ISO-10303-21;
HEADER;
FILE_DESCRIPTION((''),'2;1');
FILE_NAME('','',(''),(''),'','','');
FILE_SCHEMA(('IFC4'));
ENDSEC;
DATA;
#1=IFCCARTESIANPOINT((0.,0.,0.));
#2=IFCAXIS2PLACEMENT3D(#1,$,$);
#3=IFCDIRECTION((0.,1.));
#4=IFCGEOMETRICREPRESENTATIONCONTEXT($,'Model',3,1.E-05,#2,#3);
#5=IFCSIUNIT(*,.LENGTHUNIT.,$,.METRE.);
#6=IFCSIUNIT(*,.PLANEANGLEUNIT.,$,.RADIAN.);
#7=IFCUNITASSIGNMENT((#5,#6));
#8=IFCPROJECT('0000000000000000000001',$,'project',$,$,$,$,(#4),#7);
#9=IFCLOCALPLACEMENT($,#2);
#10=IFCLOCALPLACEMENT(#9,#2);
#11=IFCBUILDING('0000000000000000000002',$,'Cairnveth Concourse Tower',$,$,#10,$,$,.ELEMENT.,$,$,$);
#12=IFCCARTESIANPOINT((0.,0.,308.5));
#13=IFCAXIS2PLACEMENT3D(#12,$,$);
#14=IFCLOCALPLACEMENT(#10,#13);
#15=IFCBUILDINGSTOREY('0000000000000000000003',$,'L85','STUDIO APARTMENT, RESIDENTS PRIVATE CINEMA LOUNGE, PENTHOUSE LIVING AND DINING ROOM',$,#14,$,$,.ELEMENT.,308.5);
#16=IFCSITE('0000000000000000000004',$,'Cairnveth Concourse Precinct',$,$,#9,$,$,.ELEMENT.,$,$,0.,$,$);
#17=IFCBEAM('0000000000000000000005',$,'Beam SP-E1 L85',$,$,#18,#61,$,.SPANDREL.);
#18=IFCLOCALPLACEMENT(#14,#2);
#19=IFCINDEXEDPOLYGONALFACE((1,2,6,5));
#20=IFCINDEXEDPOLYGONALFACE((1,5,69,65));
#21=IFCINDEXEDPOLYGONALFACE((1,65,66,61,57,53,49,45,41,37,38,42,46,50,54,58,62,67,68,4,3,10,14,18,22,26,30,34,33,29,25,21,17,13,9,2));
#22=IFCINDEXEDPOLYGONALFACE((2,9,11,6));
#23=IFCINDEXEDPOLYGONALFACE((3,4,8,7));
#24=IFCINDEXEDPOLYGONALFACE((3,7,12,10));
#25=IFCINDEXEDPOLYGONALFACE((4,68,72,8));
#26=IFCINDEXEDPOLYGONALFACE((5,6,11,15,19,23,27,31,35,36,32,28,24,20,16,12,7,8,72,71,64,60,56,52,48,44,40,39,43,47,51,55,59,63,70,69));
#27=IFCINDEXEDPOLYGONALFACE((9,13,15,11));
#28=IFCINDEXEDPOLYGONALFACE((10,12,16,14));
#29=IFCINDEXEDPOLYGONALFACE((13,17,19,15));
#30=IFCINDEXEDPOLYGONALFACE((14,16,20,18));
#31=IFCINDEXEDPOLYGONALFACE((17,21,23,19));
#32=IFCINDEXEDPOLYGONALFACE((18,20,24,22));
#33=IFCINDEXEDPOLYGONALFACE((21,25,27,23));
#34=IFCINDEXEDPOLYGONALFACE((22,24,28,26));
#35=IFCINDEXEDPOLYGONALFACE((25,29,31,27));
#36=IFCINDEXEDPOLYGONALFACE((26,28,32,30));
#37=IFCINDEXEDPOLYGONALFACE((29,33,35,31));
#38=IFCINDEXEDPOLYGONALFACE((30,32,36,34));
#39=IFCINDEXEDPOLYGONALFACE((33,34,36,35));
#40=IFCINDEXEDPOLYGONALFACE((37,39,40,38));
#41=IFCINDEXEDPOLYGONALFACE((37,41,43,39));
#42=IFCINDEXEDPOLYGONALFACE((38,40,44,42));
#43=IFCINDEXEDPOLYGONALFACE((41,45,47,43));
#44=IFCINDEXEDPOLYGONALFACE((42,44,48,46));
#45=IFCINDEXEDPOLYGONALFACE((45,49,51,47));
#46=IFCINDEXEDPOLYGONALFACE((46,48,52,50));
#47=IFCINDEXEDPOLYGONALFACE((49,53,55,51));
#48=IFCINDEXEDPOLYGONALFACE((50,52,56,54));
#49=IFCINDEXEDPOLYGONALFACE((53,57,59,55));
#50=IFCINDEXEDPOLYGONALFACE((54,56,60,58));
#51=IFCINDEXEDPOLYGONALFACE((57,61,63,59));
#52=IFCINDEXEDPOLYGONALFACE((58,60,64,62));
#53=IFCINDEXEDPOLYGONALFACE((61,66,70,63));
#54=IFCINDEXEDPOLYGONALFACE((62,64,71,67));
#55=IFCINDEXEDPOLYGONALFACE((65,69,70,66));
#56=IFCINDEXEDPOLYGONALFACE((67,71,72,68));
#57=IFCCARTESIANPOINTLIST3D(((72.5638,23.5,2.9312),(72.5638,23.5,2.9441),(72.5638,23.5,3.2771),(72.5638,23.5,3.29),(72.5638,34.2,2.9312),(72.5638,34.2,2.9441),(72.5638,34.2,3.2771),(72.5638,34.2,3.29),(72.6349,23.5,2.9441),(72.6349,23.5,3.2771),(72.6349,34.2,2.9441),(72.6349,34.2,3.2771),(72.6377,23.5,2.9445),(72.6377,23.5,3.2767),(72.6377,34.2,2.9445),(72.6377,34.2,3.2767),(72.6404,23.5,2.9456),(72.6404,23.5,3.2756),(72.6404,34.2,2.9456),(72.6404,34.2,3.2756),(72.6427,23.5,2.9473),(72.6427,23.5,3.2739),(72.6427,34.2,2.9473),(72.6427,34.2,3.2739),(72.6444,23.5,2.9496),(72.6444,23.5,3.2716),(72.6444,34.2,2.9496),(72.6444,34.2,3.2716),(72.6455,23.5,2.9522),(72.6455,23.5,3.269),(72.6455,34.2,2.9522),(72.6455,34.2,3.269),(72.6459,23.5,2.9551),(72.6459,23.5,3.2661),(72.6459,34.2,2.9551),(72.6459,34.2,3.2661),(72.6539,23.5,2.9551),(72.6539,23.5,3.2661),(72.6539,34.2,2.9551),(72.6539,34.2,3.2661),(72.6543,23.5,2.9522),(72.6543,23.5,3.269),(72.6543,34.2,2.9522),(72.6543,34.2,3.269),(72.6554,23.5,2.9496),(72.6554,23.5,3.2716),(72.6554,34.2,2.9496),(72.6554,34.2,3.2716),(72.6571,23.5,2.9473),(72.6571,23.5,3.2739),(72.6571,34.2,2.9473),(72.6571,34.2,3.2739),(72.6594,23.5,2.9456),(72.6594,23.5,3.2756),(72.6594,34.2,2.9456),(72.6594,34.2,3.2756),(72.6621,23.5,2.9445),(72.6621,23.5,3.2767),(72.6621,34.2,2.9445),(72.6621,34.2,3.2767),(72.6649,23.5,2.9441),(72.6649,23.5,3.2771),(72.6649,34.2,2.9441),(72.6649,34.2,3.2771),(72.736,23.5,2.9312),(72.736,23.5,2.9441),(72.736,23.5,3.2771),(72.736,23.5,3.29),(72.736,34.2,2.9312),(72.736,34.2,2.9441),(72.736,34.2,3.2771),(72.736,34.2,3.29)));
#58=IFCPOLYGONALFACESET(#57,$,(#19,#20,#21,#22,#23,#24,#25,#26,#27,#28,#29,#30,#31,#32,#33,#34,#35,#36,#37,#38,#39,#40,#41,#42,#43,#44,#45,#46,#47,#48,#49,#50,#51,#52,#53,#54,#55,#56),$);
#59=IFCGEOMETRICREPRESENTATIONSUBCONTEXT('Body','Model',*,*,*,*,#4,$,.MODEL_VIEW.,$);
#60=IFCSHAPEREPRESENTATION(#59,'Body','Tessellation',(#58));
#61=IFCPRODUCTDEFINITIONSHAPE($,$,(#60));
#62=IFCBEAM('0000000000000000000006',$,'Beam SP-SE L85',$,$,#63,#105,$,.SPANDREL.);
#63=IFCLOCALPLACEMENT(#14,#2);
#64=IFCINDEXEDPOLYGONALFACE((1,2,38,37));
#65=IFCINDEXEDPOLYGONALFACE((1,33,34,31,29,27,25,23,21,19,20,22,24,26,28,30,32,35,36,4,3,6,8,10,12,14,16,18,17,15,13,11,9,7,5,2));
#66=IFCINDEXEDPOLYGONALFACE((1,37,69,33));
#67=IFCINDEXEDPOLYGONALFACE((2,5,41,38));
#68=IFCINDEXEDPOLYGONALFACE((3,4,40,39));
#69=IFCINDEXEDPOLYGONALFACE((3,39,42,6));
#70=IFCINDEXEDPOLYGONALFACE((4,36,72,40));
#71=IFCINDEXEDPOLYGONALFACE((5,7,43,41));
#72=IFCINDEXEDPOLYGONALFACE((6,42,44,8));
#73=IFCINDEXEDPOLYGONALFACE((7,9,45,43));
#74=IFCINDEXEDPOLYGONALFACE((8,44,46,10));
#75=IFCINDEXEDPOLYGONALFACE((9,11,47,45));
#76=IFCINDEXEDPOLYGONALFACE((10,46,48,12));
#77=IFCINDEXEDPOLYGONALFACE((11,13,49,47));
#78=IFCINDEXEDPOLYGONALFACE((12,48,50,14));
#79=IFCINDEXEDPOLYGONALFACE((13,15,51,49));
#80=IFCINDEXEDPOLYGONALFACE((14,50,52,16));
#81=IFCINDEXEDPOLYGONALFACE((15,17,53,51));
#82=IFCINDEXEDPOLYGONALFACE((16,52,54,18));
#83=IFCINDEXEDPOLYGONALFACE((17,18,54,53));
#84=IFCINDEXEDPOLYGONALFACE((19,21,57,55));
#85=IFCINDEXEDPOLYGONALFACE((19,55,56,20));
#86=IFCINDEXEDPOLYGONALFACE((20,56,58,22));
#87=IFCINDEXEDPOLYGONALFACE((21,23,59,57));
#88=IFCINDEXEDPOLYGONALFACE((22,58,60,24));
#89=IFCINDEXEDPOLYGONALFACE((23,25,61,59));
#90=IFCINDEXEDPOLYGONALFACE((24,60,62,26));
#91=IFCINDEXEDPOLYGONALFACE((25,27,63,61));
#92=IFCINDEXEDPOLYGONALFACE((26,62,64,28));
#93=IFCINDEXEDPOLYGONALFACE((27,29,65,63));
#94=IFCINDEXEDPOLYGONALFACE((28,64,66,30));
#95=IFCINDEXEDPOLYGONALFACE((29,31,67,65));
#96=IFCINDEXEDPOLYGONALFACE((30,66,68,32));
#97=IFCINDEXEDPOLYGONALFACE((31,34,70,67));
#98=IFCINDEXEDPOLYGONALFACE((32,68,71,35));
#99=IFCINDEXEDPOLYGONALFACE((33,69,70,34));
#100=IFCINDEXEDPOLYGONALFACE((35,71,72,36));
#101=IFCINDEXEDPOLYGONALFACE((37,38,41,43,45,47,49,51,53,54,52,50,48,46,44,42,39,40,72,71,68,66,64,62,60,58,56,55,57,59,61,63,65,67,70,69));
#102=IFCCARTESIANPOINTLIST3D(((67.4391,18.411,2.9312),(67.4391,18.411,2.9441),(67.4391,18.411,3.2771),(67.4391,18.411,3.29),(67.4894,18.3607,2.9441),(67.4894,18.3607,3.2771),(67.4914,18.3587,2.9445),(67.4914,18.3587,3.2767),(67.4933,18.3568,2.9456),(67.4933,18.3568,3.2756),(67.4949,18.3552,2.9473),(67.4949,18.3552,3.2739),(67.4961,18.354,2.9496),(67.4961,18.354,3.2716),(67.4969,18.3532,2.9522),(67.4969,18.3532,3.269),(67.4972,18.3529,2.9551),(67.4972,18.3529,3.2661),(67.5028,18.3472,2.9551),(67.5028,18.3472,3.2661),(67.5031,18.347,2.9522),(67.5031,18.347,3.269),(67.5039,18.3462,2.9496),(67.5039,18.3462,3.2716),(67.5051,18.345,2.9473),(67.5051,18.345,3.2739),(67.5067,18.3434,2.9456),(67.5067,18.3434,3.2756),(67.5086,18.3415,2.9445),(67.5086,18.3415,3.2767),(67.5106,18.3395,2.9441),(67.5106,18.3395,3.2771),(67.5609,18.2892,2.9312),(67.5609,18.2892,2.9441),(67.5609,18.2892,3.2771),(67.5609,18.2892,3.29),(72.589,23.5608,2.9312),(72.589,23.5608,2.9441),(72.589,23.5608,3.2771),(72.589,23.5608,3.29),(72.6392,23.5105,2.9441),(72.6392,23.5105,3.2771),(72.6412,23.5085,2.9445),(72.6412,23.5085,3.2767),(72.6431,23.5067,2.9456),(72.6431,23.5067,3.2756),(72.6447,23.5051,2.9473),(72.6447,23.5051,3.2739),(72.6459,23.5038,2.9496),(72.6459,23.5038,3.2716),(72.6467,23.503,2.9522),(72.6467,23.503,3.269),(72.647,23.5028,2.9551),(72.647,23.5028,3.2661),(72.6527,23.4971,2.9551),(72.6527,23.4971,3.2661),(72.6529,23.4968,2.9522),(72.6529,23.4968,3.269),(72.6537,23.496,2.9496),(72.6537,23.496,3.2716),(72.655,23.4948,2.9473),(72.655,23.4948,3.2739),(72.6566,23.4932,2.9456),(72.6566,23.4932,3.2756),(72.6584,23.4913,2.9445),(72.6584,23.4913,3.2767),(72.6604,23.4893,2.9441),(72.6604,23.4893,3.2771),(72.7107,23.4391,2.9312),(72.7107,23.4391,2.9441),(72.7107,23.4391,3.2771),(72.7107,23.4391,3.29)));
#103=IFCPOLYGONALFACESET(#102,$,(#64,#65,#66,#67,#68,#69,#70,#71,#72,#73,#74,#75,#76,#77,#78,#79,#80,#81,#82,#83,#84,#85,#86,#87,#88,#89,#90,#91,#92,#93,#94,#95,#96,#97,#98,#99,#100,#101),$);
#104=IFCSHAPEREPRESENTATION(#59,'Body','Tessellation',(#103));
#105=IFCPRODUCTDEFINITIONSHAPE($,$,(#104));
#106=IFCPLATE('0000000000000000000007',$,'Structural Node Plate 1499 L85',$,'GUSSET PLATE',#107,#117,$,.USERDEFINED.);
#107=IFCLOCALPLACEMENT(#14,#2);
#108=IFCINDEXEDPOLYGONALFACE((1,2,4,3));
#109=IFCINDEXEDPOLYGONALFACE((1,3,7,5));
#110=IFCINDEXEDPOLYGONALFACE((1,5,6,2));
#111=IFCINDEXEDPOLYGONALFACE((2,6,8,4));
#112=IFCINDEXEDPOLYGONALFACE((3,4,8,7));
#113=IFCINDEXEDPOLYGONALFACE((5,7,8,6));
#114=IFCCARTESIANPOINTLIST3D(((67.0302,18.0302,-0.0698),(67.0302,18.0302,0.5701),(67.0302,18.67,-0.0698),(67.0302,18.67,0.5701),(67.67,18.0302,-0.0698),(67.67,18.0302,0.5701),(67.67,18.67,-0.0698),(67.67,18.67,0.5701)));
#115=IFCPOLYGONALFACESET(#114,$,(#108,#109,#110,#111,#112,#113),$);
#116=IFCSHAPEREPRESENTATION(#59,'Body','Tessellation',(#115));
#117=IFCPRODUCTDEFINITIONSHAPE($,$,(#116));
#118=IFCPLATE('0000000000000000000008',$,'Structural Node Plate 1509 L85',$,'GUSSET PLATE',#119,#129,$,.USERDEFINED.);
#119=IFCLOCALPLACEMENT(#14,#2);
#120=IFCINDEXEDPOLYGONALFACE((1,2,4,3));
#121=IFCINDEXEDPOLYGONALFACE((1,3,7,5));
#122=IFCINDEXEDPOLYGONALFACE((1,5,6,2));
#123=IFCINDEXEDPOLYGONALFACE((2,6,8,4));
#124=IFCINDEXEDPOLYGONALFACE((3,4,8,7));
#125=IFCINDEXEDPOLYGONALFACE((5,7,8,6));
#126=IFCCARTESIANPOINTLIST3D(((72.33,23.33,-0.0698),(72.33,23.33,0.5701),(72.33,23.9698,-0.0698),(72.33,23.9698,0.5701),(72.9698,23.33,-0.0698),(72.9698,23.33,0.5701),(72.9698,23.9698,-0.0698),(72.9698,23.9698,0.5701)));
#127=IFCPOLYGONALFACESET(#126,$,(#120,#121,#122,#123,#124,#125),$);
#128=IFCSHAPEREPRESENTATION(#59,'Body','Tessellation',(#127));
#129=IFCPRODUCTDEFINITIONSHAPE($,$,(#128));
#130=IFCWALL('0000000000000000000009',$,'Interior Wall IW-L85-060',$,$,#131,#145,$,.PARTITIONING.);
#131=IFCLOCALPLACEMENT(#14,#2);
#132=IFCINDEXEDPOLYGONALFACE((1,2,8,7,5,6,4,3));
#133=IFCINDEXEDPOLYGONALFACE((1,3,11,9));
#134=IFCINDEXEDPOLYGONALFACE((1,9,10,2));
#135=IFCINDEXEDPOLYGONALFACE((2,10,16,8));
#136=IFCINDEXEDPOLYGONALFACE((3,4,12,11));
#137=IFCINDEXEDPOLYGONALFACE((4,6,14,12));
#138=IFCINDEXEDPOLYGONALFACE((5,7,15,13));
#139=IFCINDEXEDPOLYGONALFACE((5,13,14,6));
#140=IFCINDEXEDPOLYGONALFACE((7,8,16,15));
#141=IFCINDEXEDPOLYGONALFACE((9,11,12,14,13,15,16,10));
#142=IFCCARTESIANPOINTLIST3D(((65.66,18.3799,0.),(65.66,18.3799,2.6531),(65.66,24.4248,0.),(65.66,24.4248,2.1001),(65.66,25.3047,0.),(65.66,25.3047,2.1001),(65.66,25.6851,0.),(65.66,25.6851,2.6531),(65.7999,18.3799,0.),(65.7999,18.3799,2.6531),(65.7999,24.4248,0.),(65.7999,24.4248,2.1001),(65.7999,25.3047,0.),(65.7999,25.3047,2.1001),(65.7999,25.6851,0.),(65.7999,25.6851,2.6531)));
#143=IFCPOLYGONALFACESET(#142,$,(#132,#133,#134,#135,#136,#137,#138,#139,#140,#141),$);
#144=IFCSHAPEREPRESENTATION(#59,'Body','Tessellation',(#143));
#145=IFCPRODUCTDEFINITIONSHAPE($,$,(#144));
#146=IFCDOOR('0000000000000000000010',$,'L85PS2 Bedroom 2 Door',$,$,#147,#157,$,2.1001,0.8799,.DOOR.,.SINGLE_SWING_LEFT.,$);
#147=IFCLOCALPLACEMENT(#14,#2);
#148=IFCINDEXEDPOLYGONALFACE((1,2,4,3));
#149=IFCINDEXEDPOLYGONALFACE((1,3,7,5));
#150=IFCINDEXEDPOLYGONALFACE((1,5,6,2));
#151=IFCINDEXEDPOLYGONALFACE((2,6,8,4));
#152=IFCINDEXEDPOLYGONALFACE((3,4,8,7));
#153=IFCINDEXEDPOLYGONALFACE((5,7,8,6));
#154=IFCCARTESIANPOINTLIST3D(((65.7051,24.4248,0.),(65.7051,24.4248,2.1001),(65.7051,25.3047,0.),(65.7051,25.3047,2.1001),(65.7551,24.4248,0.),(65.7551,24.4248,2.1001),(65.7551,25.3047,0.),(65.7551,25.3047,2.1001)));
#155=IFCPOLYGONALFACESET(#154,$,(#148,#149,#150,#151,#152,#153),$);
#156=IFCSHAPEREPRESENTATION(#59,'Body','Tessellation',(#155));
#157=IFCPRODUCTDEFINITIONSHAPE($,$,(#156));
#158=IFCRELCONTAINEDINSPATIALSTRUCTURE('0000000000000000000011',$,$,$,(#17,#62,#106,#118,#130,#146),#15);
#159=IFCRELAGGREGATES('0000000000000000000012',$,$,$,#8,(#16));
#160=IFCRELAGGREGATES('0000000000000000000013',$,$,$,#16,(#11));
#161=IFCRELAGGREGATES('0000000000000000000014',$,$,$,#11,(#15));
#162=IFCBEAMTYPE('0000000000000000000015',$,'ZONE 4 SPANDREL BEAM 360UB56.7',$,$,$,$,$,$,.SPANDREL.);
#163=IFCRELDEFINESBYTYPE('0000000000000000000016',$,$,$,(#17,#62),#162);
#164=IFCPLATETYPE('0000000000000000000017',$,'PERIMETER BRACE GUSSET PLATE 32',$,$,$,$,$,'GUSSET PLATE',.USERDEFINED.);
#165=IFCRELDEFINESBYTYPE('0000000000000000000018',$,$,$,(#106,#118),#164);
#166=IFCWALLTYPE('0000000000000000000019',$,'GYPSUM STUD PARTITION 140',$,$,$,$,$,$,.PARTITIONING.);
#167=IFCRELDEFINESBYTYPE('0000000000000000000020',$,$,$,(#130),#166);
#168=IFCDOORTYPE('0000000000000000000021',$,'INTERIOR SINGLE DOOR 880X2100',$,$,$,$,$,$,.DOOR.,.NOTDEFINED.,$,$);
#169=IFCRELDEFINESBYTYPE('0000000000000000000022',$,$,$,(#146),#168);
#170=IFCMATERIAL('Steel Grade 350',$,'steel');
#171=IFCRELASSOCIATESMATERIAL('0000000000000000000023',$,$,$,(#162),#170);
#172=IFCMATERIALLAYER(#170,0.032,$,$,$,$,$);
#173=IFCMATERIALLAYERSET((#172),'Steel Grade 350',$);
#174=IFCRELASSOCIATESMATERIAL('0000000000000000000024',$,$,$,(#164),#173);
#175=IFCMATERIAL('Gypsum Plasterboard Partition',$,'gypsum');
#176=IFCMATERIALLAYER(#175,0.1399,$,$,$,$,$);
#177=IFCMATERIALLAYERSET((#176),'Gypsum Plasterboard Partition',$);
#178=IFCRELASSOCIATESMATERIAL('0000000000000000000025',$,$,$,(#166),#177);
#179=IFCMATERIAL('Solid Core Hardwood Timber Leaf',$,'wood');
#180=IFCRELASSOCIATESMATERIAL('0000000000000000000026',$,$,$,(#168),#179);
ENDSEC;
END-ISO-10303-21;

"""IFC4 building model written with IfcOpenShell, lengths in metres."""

from ifc_helpers import new_model, si_unit, direction, frame, frame_2d, origin, origin_2d, place, context, subcontext, project, spatial, rectangle, i_section, extrude, material, layer, layer_set, material_profile, profile_set, type_object, element, fill, save


model = new_model("IFC4")

# Units and contexts
model_context = context("Model", 3, precision=1e-05, world=origin(), true_north=direction((0.0, 1.0)))
body_context = subcontext(model_context, "Body", "Model", "MODEL_VIEW")
ifc_project = project(units=[si_unit("LENGTHUNIT", "METRE"), si_unit("PLANEANGLEUNIT", "RADIAN")], contexts=[model_context])

# Site, building, storey
site_placement = place(None, origin())
site = spatial("IfcSite", under=ifc_project, at=site_placement, Name="Cairnveth Concourse Precinct", CompositionType="ELEMENT", RefElevation=0.0)
building_placement = place(site_placement, origin())
building = spatial("IfcBuilding", under=site, at=building_placement, Name="Cairnveth Concourse Tower", CompositionType="ELEMENT")
storey_placement = place(building_placement, frame((0.0, 0.0, 308.5)))
storey = spatial("IfcBuildingStorey", under=building, at=storey_placement, Name="L85", Description="STUDIO APARTMENT, RESIDENTS PRIVATE CINEMA LOUNGE, PENTHOUSE LIVING AND DINING ROOM", CompositionType="ELEMENT", Elevation=308.5)

# Shared definitions
ifc_material_1 = material(Name="Steel Grade 350", Category="steel")

# Beams
ifc_material_profile_1 = material_profile(ifc_material_1, i_section(OverallWidth=0.1721, OverallDepth=0.3589, WebThickness=0.0081, FlangeThickness=0.0129, FilletRadius=0.011, at=origin_2d()), Name="360UB56.7")
ifc_profile_set_1 = profile_set([ifc_material_profile_1], Name="Steel Grade 350")
beam_type_1 = type_object("IfcBeamType", Name="ZONE 4 SPANDREL BEAM 360UB56.7", PredefinedType="SPANDREL", material=ifc_profile_set_1)
beam_1_placement = place(storey_placement, frame((72.6499, 23.5, 3.1106), z_axis=(0.0, 1.0, 0.0), x_axis=(-1.0, 0.0, 0.0)))
element("IfcBeam", 1, at=beam_1_placement, inside=storey, type_object=beam_type_1, Name="Beam SP-E1 L85", PredefinedType="SPANDREL", context=body_context, shape_type="SweptSolid", body=[
    extrude(i_section(OverallWidth=0.1721, OverallDepth=0.3589, WebThickness=0.0081, FlangeThickness=0.0129, FilletRadius=0.011, at=origin_2d()), origin(), (0.0, 0.0, 1.0), 10.7),
])
beam_2_placement = place(storey_placement, frame((67.5, 18.3501, 3.1106), z_axis=(0.707107, 0.707107, 0.0), x_axis=(-0.707107, 0.707107, 0.0)))
element("IfcBeam", 2, at=beam_2_placement, inside=storey, type_object=beam_type_1, Name="Beam SP-SE L85", PredefinedType="SPANDREL", context=body_context, shape_type="SweptSolid", body=[
    extrude(i_section(OverallWidth=0.1721, OverallDepth=0.3589, WebThickness=0.0081, FlangeThickness=0.0129, FilletRadius=0.011, at=origin_2d()), origin(), (0.0, 0.0, 1.0), 7.283),
])

# Plates
ifc_layer_1 = layer(ifc_material_1, 0.032)
ifc_layer_set_1 = layer_set([ifc_layer_1], Name="Steel Grade 350")
plate_type = type_object("IfcPlateType", Name="PERIMETER BRACE GUSSET PLATE 32", ElementType="GUSSET PLATE", PredefinedType="USERDEFINED", material=ifc_layer_set_1)
for number, where, z_axis, x_axis, name in (
    (3, (67.3501, 18.3501, -0.0698), (0.0, 0.0, 1.0), (1.0, 0.0, 0.0), "Structural Node Plate 1499 L85"),
    (4, (72.6499, 23.6499, -0.0698), (0.0, 0.0, 1.0), (1.0, 0.0, 0.0), "Structural Node Plate 1509 L85"),
):
    element("IfcPlate", number, at=place(storey_placement, frame(where, z_axis=z_axis, x_axis=x_axis)), inside=storey, type_object=plate_type, Name=name, ObjectType="GUSSET PLATE", PredefinedType="USERDEFINED", context=body_context, shape_type="SweptSolid", body=[
        extrude(rectangle(XDim=0.6399, YDim=0.6399, at=origin_2d()), origin(), (0.0, 0.0, 1.0), 0.6399),
    ])

# Wall, opening, door
ifc_material_2 = material(Name="Gypsum Plasterboard Partition", Category="gypsum")
ifc_layer_2 = layer(ifc_material_2, 0.1399)
ifc_layer_set_2 = layer_set([ifc_layer_2], Name="Gypsum Plasterboard Partition")
wall_type_1 = type_object("IfcWallType", Name="GYPSUM STUD PARTITION 140", PredefinedType="PARTITIONING", material=ifc_layer_set_2)
wall_1_placement = place(storey_placement, frame((65.73, 18.3799, 0.0), z_axis=(0.0, 0.0, 1.0), x_axis=(0.0, 1.0, 0.0)))
wall_1 = element("IfcWall", 5, at=wall_1_placement, inside=storey, type_object=wall_type_1, Name="Interior Wall IW-L85-060", PredefinedType="PARTITIONING", context=body_context, shape_type="SweptSolid", body=[
    extrude(rectangle(XDim=7.3052, YDim=0.1399, at=frame_2d((3.6526, 0.0))), origin(), (0.0, 0.0, 1.0), 2.6531),
])
opening_1_placement = place(wall_1_placement, frame((6.0449, 0.0, 0.0)))
opening_1 = element("IfcOpeningElement", 6, at=opening_1_placement, cuts=wall_1, PredefinedType="OPENING", context=body_context, shape_type="SweptSolid", body=[
    extrude(rectangle(XDim=0.8799, YDim=2.1001, at=frame_2d((0.4399, 1.05))), frame((0.0, 0.0798, 0.0), z_axis=(0.0, -1.0, 0.0), x_axis=(1.0, 0.0, 0.0)), (0.0, 0.0, 1.0), 0.1599),
])
ifc_material_3 = material(Name="Solid Core Hardwood Timber Leaf", Category="wood")
door_type = type_object("IfcDoorType", Name="INTERIOR SINGLE DOOR 880X2100", OperationType="NOTDEFINED", PredefinedType="DOOR", material=ifc_material_3)
door_placement = place(opening_1_placement, origin())
door = element("IfcDoor", 7, at=door_placement, inside=storey, type_object=door_type, Name="L85PS2 Bedroom 2 Door", OperationType="SINGLE_SWING_LEFT", OverallHeight=2.1001, OverallWidth=0.8799, PredefinedType="DOOR", context=body_context, shape_type="SweptSolid", body=[
    extrude(rectangle(XDim=0.8799, YDim=2.1001, at=frame_2d((0.4399, 1.05))), frame((0.0, 0.0249, 0.0), z_axis=(0.0, -1.0, 0.0), x_axis=(1.0, 0.0, 0.0)), (0.0, 0.0, 1.0), 0.05),
])
fill(opening_1, door)

save(model, "model.ifc")
